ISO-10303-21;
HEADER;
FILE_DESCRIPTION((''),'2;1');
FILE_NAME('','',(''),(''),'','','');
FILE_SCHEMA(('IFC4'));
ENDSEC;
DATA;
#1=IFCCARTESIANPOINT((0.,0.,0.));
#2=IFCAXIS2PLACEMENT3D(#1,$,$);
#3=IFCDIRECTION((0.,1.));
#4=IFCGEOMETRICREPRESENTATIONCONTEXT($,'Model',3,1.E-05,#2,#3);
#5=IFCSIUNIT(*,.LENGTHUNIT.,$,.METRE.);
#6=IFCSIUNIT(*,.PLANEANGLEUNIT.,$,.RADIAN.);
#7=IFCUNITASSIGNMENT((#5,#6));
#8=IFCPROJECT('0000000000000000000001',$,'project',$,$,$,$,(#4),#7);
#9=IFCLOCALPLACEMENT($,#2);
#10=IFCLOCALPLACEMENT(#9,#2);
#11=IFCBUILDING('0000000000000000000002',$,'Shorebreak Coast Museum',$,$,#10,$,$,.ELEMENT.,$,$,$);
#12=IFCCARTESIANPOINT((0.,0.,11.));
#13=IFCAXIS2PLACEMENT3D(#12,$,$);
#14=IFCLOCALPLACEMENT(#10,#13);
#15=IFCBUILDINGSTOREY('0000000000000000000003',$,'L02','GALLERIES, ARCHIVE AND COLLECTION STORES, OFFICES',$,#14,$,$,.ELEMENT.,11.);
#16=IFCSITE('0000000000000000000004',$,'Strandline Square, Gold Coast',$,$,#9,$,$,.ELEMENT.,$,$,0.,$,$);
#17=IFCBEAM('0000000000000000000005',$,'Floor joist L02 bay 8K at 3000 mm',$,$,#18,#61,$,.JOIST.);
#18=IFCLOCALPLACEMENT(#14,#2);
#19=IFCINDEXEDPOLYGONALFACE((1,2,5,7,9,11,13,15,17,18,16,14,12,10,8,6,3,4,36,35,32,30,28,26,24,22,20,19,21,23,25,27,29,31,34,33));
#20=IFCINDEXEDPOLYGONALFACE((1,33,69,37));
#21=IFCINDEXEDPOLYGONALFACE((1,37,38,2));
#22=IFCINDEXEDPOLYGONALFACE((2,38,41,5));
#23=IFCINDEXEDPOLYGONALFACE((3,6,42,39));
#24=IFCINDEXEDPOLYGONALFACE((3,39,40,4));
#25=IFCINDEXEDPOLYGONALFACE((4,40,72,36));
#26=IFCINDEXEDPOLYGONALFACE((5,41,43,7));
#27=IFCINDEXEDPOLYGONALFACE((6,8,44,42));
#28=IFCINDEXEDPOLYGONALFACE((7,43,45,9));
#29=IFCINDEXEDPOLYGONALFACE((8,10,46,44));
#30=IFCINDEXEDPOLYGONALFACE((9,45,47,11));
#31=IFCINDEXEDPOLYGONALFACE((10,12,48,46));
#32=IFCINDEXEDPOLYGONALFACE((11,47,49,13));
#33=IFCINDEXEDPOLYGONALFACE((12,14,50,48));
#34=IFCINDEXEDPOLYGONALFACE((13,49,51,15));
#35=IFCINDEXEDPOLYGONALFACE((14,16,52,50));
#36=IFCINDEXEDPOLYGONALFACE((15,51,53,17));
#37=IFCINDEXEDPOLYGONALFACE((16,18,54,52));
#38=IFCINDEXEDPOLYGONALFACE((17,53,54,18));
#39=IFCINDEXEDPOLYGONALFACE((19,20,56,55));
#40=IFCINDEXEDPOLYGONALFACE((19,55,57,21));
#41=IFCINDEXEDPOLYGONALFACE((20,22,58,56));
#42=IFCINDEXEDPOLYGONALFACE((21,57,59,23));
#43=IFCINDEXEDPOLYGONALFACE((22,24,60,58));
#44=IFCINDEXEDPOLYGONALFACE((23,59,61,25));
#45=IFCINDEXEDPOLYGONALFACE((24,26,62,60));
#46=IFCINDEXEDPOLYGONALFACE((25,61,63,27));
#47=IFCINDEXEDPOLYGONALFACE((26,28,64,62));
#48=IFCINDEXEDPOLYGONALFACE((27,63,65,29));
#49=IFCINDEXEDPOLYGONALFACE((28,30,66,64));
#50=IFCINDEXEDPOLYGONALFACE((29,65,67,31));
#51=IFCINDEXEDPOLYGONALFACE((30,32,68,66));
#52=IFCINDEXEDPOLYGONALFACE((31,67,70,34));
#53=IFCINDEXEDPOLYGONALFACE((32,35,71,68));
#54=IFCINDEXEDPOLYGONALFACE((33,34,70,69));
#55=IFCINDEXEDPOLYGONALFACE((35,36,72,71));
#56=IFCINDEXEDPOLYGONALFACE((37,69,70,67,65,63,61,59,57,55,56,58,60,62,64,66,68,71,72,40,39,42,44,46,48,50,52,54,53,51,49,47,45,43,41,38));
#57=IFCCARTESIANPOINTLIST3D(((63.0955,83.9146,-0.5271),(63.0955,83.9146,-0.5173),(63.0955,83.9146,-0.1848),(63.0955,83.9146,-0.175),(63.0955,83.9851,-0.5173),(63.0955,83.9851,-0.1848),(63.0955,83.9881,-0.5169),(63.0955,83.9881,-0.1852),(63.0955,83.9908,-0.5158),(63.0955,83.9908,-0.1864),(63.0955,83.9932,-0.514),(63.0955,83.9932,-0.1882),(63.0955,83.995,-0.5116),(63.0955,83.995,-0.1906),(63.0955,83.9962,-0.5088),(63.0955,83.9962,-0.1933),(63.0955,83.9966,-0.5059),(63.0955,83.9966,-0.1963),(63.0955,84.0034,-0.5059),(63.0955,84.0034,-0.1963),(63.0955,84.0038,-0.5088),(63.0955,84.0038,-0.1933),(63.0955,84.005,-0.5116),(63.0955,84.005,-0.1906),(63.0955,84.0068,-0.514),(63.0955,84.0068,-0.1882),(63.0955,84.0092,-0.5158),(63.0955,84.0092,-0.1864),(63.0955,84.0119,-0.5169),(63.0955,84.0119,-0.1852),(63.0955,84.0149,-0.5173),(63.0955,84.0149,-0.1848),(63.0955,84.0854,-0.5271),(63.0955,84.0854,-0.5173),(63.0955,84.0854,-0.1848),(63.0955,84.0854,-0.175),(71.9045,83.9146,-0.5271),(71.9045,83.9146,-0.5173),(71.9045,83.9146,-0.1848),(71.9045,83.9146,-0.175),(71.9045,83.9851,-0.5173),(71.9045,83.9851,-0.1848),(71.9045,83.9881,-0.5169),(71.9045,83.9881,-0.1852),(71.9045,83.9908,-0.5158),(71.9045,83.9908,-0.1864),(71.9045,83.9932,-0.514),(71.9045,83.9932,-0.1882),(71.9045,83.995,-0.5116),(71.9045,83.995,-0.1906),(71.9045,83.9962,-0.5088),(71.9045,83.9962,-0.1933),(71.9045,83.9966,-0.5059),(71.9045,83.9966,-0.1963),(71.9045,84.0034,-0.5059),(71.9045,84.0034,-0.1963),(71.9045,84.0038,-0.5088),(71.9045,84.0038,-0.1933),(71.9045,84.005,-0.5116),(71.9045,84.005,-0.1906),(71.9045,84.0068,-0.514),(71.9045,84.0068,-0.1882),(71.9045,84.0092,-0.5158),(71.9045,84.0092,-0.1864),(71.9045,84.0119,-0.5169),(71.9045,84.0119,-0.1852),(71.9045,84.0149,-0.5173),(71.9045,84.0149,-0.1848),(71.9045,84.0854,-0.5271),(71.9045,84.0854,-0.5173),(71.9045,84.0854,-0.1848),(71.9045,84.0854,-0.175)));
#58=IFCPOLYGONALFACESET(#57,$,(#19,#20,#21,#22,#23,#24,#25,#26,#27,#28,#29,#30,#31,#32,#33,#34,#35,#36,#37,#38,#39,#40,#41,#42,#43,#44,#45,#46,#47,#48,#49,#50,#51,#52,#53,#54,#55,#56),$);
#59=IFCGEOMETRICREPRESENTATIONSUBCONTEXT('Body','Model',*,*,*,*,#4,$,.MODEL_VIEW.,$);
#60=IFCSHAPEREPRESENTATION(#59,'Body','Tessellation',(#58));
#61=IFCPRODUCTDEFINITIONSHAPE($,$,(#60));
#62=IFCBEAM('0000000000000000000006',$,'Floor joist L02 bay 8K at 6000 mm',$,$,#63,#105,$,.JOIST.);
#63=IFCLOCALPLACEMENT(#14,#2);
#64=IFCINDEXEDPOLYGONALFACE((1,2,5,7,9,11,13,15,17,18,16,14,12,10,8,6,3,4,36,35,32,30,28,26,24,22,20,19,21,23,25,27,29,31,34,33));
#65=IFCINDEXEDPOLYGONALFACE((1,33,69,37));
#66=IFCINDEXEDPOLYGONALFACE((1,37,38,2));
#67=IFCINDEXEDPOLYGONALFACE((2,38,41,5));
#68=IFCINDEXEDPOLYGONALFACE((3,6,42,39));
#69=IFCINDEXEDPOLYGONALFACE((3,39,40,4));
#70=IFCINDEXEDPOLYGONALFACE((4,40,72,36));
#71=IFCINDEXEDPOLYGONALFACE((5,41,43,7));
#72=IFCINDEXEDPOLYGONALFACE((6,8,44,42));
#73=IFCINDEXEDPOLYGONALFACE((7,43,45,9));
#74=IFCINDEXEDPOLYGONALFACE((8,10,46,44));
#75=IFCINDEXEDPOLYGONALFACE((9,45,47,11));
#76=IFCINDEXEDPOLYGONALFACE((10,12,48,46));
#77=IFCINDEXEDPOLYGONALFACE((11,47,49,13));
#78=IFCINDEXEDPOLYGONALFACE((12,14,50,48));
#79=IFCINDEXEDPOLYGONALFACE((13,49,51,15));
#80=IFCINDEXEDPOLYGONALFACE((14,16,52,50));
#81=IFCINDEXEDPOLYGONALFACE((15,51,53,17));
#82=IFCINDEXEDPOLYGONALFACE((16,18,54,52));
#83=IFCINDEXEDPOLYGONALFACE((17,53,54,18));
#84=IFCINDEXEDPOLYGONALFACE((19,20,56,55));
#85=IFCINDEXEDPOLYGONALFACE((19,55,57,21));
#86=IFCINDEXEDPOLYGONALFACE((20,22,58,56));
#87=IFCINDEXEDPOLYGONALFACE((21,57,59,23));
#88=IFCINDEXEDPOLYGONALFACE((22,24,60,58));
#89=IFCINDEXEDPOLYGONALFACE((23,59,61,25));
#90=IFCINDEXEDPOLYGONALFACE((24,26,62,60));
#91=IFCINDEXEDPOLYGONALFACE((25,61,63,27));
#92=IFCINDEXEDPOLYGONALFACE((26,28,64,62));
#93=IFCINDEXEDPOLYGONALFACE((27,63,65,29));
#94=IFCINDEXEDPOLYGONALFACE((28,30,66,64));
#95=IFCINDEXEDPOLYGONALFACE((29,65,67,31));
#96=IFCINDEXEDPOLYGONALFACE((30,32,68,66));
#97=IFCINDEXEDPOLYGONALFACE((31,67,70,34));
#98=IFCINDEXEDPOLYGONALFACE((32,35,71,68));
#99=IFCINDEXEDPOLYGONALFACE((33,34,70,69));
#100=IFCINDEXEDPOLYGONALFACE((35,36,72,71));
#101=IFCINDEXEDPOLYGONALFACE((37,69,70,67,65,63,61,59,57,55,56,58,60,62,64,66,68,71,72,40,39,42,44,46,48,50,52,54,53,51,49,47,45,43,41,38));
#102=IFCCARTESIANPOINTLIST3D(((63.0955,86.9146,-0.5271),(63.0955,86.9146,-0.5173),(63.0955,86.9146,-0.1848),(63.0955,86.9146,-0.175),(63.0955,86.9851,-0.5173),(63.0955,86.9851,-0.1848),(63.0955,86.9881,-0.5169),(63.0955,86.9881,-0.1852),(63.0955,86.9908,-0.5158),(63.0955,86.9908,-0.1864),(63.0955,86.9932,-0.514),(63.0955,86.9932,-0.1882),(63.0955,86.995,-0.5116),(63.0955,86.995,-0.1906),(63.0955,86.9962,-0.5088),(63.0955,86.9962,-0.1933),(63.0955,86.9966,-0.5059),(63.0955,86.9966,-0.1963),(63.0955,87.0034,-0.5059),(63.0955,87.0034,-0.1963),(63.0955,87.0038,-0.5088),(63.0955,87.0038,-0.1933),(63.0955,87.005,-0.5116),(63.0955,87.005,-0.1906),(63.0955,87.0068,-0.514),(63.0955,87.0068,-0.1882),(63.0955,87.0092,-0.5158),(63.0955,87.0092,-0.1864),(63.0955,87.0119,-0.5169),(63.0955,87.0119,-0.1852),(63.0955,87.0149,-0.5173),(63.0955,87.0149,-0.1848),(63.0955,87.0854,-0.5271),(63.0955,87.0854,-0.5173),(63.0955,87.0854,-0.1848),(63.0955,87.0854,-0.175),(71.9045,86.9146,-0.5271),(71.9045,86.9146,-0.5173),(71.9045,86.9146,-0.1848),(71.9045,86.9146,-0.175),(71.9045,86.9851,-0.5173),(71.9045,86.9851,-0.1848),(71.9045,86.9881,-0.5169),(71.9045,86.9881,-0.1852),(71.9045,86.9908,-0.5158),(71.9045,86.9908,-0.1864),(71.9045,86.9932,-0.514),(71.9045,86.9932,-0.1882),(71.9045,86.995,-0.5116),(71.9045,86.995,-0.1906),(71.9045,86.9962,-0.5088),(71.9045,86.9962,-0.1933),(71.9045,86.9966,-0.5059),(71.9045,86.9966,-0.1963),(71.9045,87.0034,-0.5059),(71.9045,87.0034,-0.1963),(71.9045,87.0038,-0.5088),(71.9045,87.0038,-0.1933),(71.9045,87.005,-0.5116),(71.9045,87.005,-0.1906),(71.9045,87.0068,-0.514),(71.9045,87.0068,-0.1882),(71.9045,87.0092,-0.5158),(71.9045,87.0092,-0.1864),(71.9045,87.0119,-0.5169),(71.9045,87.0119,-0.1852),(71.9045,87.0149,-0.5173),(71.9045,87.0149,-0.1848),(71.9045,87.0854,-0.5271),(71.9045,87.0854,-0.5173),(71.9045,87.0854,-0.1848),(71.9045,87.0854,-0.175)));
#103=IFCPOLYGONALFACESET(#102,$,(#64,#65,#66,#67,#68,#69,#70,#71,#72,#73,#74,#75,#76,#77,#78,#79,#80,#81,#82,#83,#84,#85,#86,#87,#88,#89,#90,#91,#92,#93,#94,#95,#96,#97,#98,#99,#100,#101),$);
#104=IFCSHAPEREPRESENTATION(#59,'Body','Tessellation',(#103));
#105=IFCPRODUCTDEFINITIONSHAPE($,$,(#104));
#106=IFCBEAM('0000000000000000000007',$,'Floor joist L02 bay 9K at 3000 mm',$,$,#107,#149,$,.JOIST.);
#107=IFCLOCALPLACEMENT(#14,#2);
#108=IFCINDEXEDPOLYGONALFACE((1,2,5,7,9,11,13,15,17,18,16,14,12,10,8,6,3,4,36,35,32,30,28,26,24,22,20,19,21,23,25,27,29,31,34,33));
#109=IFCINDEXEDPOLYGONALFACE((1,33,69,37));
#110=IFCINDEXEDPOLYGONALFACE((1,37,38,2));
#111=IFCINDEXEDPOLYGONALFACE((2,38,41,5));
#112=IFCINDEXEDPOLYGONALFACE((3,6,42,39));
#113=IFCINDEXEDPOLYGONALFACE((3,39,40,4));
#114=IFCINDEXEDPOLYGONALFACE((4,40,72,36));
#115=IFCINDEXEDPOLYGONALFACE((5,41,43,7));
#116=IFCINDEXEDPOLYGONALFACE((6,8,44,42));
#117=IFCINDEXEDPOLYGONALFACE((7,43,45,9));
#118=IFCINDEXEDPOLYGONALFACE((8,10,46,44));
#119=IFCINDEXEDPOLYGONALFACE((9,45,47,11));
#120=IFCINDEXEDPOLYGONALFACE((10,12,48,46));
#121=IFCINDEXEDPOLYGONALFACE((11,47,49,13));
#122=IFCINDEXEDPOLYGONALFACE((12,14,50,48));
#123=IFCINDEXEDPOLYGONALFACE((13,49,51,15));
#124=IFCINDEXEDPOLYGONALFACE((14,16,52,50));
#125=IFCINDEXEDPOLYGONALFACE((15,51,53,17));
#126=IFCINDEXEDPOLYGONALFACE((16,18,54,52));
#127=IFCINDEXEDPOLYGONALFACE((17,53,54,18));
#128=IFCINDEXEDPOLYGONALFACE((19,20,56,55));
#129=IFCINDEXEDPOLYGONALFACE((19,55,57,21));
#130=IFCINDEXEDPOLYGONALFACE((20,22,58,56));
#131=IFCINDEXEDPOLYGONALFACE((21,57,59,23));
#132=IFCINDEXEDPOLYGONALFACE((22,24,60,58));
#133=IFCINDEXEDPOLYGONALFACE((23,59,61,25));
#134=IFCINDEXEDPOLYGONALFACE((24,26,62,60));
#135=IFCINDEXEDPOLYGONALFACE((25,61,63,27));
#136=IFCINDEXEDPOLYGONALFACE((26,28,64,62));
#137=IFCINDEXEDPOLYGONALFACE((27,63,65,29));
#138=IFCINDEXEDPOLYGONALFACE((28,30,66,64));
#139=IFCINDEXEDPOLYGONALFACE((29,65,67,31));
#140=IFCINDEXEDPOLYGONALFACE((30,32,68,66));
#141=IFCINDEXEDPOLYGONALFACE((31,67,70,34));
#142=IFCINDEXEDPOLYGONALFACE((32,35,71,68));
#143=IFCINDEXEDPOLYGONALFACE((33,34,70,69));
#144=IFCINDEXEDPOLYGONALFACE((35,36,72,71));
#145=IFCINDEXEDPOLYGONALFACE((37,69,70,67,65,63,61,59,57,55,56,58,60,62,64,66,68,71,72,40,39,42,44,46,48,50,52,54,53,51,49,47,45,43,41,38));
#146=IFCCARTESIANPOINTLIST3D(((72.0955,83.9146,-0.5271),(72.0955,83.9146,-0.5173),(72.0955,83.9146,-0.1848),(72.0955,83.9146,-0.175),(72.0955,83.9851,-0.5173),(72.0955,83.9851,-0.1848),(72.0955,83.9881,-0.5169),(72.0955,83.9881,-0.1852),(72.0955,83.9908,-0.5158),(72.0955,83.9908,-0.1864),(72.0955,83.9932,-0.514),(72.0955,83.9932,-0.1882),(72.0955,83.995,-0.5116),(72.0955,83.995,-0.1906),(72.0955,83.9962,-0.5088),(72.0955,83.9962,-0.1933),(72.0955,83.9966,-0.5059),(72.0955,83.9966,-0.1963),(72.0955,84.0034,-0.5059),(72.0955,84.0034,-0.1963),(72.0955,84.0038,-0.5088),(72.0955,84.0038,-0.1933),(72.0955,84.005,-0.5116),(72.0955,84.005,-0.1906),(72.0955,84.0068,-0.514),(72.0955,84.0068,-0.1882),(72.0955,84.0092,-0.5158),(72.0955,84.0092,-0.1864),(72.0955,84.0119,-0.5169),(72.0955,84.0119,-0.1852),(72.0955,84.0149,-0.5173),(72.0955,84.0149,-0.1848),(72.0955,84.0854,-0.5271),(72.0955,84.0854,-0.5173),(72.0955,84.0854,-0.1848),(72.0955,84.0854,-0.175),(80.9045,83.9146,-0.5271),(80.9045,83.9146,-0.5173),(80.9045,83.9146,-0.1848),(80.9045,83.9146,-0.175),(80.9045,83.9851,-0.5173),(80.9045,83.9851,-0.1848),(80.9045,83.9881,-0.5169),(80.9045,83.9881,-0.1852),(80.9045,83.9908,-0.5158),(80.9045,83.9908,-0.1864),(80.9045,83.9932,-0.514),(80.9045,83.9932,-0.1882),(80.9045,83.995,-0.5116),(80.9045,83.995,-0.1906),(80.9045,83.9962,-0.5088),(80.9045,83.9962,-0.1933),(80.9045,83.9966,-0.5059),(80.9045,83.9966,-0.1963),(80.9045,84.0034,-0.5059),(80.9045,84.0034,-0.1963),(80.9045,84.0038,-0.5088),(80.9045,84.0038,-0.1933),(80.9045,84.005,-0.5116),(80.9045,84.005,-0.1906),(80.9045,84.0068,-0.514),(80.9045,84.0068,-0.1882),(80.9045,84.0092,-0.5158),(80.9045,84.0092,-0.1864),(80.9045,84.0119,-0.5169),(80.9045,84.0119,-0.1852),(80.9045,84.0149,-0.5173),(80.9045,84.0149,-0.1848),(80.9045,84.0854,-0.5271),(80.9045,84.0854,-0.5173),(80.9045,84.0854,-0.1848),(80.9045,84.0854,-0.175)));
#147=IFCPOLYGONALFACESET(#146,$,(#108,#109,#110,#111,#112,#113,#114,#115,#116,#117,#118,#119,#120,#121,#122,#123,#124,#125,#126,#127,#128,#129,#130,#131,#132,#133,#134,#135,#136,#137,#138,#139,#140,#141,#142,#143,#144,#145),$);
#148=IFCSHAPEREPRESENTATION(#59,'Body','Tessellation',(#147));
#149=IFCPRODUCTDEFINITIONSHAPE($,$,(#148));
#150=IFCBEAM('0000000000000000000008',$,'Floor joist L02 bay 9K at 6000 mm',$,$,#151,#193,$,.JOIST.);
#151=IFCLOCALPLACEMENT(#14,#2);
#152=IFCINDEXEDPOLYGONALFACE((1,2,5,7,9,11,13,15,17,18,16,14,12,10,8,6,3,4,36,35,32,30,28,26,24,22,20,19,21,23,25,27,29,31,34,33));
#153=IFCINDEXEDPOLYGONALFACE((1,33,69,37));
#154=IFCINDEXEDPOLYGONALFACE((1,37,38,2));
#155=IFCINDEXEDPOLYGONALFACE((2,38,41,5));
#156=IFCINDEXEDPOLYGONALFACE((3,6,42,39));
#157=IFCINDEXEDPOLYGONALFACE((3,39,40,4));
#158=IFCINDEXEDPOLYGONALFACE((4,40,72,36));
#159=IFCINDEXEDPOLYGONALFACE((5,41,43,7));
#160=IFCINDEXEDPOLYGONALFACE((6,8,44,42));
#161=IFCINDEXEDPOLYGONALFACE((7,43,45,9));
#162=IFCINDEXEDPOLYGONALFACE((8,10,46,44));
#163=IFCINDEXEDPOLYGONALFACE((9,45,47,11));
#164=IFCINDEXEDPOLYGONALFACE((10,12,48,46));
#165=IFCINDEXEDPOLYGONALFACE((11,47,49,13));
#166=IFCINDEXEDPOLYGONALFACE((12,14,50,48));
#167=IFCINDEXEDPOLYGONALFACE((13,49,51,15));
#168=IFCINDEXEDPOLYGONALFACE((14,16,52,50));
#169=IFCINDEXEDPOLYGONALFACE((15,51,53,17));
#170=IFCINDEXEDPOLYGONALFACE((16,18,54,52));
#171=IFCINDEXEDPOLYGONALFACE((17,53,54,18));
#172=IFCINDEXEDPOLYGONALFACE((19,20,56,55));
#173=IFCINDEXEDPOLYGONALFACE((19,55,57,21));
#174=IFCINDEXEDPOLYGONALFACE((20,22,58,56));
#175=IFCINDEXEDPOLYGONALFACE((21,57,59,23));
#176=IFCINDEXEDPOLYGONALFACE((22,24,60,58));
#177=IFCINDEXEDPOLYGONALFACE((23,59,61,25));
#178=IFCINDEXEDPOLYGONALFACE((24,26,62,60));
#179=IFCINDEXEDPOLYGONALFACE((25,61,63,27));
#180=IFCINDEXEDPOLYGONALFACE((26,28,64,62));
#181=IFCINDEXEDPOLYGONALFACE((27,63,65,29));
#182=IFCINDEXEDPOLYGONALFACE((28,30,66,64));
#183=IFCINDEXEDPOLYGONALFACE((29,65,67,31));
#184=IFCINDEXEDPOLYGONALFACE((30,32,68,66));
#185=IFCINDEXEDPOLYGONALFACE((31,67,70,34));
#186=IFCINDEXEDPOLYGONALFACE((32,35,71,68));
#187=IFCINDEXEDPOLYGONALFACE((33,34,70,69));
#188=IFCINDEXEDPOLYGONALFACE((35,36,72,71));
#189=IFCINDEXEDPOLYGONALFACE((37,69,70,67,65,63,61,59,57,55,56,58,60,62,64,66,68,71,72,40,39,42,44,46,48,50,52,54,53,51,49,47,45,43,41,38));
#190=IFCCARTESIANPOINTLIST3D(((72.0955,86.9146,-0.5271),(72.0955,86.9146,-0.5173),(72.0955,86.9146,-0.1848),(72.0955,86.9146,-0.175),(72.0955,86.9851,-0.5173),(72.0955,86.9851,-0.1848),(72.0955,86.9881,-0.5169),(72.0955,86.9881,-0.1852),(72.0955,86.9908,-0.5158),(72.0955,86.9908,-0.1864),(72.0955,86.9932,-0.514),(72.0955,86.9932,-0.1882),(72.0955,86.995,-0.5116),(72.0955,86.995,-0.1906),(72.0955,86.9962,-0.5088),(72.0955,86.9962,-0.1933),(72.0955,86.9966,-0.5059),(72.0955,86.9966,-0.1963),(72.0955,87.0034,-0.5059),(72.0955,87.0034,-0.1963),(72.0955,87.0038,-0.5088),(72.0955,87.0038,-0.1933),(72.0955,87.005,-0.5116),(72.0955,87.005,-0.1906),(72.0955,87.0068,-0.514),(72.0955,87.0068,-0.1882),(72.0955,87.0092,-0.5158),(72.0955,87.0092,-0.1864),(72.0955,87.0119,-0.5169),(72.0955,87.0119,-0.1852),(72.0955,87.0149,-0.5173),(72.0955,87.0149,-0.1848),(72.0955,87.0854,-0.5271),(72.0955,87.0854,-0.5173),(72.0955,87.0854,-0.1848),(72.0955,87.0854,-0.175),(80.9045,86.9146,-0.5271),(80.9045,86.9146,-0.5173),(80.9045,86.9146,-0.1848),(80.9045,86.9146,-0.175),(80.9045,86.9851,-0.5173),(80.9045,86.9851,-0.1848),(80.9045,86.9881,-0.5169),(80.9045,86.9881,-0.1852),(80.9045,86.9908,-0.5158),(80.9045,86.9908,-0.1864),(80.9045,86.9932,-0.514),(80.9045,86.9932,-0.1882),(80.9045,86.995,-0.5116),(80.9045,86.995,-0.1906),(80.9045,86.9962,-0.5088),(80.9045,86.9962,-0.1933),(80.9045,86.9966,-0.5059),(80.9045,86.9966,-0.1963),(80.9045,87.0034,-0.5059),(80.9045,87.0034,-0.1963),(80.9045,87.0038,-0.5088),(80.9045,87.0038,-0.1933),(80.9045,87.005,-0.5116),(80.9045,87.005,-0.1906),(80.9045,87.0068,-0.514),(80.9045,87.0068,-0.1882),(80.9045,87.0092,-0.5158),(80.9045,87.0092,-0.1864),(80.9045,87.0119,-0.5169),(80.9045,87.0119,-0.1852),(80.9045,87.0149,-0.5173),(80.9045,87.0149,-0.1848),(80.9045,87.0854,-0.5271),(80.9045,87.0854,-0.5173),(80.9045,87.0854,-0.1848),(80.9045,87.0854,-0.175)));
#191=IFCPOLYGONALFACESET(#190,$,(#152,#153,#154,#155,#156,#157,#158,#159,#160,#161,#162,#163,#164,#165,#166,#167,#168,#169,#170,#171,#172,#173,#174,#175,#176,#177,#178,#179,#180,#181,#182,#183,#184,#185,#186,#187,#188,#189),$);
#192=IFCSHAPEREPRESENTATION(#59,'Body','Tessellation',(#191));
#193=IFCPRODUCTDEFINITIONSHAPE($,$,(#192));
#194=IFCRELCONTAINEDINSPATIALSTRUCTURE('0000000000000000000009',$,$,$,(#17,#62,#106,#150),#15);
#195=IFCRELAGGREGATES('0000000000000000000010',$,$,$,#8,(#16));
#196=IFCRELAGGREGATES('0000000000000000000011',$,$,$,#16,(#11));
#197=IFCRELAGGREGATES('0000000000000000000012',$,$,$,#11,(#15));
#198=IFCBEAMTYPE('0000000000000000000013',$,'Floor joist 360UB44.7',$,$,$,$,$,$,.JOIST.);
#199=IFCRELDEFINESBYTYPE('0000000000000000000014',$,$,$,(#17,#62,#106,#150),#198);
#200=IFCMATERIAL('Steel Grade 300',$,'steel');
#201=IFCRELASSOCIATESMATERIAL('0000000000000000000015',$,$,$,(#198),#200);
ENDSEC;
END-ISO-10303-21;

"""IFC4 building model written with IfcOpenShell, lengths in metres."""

from ifc_helpers import new_model, si_unit, direction, frame, origin, origin_2d, place, context, subcontext, project, spatial, i_section, extrude, material, material_profile, profile_set, type_object, element, save


model = new_model("IFC4")

# Units and contexts
model_context = context("Model", 3, precision=1e-05, world=origin(), true_north=direction((0.0, 1.0)))
body_context = subcontext(model_context, "Body", "Model", "MODEL_VIEW")
ifc_project = project(units=[si_unit("LENGTHUNIT", "METRE"), si_unit("PLANEANGLEUNIT", "RADIAN")], contexts=[model_context])

# Site, building, storey
site_placement = place(None, origin())
site = spatial("IfcSite", under=ifc_project, at=site_placement, Name="Strandline Square, Gold Coast", CompositionType="ELEMENT", RefElevation=0.0)
building_placement = place(site_placement, origin())
building = spatial("IfcBuilding", under=site, at=building_placement, Name="Shorebreak Coast Museum", CompositionType="ELEMENT")
storey_placement = place(building_placement, frame((0.0, 0.0, 11.0)))
storey = spatial("IfcBuildingStorey", under=building, at=storey_placement, Name="L02", Description="GALLERIES, ARCHIVE AND COLLECTION STORES, OFFICES", CompositionType="ELEMENT", Elevation=11.0)

# Beams
ifc_material_1 = material(Name="Steel Grade 300", Category="steel")
ifc_material_profile_1 = material_profile(ifc_material_1, i_section(OverallWidth=0.1709, OverallDepth=0.3521, WebThickness=0.0068, FlangeThickness=0.0098, FilletRadius=0.0115, at=origin_2d()), Name="360UB44.7")
ifc_profile_set_1 = profile_set([ifc_material_profile_1], Name="Steel Grade 300")
beam_type_1 = type_object("IfcBeamType", Name="Floor joist 360UB44.7", PredefinedType="JOIST", material=ifc_profile_set_1)
for number, where, z_axis, x_axis, name in (
    (1, (63.0955, 84.0, -0.3511), (1.0, 0.0, 0.0), (0.0, 1.0, 0.0), "Floor joist L02 bay 8K at 3000 mm"),
    (2, (63.0955, 87.0, -0.3511), (1.0, 0.0, 0.0), (0.0, 1.0, 0.0), "Floor joist L02 bay 8K at 6000 mm"),
    (3, (72.0955, 84.0, -0.3511), (1.0, 0.0, 0.0), (0.0, 1.0, 0.0), "Floor joist L02 bay 9K at 3000 mm"),
    (4, (72.0955, 87.0, -0.3511), (1.0, 0.0, 0.0), (0.0, 1.0, 0.0), "Floor joist L02 bay 9K at 6000 mm"),
):
    element("IfcBeam", number, at=place(storey_placement, frame(where, z_axis=z_axis, x_axis=x_axis)), inside=storey, type_object=beam_type_1, Name=name, PredefinedType="JOIST", context=body_context, shape_type="SweptSolid", body=[
        extrude(i_section(OverallWidth=0.1709, OverallDepth=0.3521, WebThickness=0.0068, FlangeThickness=0.0098, FilletRadius=0.0115, at=origin_2d()), origin(), (0.0, 0.0, 1.0), 8.8091),
    ])

save(model, "model.ifc")
